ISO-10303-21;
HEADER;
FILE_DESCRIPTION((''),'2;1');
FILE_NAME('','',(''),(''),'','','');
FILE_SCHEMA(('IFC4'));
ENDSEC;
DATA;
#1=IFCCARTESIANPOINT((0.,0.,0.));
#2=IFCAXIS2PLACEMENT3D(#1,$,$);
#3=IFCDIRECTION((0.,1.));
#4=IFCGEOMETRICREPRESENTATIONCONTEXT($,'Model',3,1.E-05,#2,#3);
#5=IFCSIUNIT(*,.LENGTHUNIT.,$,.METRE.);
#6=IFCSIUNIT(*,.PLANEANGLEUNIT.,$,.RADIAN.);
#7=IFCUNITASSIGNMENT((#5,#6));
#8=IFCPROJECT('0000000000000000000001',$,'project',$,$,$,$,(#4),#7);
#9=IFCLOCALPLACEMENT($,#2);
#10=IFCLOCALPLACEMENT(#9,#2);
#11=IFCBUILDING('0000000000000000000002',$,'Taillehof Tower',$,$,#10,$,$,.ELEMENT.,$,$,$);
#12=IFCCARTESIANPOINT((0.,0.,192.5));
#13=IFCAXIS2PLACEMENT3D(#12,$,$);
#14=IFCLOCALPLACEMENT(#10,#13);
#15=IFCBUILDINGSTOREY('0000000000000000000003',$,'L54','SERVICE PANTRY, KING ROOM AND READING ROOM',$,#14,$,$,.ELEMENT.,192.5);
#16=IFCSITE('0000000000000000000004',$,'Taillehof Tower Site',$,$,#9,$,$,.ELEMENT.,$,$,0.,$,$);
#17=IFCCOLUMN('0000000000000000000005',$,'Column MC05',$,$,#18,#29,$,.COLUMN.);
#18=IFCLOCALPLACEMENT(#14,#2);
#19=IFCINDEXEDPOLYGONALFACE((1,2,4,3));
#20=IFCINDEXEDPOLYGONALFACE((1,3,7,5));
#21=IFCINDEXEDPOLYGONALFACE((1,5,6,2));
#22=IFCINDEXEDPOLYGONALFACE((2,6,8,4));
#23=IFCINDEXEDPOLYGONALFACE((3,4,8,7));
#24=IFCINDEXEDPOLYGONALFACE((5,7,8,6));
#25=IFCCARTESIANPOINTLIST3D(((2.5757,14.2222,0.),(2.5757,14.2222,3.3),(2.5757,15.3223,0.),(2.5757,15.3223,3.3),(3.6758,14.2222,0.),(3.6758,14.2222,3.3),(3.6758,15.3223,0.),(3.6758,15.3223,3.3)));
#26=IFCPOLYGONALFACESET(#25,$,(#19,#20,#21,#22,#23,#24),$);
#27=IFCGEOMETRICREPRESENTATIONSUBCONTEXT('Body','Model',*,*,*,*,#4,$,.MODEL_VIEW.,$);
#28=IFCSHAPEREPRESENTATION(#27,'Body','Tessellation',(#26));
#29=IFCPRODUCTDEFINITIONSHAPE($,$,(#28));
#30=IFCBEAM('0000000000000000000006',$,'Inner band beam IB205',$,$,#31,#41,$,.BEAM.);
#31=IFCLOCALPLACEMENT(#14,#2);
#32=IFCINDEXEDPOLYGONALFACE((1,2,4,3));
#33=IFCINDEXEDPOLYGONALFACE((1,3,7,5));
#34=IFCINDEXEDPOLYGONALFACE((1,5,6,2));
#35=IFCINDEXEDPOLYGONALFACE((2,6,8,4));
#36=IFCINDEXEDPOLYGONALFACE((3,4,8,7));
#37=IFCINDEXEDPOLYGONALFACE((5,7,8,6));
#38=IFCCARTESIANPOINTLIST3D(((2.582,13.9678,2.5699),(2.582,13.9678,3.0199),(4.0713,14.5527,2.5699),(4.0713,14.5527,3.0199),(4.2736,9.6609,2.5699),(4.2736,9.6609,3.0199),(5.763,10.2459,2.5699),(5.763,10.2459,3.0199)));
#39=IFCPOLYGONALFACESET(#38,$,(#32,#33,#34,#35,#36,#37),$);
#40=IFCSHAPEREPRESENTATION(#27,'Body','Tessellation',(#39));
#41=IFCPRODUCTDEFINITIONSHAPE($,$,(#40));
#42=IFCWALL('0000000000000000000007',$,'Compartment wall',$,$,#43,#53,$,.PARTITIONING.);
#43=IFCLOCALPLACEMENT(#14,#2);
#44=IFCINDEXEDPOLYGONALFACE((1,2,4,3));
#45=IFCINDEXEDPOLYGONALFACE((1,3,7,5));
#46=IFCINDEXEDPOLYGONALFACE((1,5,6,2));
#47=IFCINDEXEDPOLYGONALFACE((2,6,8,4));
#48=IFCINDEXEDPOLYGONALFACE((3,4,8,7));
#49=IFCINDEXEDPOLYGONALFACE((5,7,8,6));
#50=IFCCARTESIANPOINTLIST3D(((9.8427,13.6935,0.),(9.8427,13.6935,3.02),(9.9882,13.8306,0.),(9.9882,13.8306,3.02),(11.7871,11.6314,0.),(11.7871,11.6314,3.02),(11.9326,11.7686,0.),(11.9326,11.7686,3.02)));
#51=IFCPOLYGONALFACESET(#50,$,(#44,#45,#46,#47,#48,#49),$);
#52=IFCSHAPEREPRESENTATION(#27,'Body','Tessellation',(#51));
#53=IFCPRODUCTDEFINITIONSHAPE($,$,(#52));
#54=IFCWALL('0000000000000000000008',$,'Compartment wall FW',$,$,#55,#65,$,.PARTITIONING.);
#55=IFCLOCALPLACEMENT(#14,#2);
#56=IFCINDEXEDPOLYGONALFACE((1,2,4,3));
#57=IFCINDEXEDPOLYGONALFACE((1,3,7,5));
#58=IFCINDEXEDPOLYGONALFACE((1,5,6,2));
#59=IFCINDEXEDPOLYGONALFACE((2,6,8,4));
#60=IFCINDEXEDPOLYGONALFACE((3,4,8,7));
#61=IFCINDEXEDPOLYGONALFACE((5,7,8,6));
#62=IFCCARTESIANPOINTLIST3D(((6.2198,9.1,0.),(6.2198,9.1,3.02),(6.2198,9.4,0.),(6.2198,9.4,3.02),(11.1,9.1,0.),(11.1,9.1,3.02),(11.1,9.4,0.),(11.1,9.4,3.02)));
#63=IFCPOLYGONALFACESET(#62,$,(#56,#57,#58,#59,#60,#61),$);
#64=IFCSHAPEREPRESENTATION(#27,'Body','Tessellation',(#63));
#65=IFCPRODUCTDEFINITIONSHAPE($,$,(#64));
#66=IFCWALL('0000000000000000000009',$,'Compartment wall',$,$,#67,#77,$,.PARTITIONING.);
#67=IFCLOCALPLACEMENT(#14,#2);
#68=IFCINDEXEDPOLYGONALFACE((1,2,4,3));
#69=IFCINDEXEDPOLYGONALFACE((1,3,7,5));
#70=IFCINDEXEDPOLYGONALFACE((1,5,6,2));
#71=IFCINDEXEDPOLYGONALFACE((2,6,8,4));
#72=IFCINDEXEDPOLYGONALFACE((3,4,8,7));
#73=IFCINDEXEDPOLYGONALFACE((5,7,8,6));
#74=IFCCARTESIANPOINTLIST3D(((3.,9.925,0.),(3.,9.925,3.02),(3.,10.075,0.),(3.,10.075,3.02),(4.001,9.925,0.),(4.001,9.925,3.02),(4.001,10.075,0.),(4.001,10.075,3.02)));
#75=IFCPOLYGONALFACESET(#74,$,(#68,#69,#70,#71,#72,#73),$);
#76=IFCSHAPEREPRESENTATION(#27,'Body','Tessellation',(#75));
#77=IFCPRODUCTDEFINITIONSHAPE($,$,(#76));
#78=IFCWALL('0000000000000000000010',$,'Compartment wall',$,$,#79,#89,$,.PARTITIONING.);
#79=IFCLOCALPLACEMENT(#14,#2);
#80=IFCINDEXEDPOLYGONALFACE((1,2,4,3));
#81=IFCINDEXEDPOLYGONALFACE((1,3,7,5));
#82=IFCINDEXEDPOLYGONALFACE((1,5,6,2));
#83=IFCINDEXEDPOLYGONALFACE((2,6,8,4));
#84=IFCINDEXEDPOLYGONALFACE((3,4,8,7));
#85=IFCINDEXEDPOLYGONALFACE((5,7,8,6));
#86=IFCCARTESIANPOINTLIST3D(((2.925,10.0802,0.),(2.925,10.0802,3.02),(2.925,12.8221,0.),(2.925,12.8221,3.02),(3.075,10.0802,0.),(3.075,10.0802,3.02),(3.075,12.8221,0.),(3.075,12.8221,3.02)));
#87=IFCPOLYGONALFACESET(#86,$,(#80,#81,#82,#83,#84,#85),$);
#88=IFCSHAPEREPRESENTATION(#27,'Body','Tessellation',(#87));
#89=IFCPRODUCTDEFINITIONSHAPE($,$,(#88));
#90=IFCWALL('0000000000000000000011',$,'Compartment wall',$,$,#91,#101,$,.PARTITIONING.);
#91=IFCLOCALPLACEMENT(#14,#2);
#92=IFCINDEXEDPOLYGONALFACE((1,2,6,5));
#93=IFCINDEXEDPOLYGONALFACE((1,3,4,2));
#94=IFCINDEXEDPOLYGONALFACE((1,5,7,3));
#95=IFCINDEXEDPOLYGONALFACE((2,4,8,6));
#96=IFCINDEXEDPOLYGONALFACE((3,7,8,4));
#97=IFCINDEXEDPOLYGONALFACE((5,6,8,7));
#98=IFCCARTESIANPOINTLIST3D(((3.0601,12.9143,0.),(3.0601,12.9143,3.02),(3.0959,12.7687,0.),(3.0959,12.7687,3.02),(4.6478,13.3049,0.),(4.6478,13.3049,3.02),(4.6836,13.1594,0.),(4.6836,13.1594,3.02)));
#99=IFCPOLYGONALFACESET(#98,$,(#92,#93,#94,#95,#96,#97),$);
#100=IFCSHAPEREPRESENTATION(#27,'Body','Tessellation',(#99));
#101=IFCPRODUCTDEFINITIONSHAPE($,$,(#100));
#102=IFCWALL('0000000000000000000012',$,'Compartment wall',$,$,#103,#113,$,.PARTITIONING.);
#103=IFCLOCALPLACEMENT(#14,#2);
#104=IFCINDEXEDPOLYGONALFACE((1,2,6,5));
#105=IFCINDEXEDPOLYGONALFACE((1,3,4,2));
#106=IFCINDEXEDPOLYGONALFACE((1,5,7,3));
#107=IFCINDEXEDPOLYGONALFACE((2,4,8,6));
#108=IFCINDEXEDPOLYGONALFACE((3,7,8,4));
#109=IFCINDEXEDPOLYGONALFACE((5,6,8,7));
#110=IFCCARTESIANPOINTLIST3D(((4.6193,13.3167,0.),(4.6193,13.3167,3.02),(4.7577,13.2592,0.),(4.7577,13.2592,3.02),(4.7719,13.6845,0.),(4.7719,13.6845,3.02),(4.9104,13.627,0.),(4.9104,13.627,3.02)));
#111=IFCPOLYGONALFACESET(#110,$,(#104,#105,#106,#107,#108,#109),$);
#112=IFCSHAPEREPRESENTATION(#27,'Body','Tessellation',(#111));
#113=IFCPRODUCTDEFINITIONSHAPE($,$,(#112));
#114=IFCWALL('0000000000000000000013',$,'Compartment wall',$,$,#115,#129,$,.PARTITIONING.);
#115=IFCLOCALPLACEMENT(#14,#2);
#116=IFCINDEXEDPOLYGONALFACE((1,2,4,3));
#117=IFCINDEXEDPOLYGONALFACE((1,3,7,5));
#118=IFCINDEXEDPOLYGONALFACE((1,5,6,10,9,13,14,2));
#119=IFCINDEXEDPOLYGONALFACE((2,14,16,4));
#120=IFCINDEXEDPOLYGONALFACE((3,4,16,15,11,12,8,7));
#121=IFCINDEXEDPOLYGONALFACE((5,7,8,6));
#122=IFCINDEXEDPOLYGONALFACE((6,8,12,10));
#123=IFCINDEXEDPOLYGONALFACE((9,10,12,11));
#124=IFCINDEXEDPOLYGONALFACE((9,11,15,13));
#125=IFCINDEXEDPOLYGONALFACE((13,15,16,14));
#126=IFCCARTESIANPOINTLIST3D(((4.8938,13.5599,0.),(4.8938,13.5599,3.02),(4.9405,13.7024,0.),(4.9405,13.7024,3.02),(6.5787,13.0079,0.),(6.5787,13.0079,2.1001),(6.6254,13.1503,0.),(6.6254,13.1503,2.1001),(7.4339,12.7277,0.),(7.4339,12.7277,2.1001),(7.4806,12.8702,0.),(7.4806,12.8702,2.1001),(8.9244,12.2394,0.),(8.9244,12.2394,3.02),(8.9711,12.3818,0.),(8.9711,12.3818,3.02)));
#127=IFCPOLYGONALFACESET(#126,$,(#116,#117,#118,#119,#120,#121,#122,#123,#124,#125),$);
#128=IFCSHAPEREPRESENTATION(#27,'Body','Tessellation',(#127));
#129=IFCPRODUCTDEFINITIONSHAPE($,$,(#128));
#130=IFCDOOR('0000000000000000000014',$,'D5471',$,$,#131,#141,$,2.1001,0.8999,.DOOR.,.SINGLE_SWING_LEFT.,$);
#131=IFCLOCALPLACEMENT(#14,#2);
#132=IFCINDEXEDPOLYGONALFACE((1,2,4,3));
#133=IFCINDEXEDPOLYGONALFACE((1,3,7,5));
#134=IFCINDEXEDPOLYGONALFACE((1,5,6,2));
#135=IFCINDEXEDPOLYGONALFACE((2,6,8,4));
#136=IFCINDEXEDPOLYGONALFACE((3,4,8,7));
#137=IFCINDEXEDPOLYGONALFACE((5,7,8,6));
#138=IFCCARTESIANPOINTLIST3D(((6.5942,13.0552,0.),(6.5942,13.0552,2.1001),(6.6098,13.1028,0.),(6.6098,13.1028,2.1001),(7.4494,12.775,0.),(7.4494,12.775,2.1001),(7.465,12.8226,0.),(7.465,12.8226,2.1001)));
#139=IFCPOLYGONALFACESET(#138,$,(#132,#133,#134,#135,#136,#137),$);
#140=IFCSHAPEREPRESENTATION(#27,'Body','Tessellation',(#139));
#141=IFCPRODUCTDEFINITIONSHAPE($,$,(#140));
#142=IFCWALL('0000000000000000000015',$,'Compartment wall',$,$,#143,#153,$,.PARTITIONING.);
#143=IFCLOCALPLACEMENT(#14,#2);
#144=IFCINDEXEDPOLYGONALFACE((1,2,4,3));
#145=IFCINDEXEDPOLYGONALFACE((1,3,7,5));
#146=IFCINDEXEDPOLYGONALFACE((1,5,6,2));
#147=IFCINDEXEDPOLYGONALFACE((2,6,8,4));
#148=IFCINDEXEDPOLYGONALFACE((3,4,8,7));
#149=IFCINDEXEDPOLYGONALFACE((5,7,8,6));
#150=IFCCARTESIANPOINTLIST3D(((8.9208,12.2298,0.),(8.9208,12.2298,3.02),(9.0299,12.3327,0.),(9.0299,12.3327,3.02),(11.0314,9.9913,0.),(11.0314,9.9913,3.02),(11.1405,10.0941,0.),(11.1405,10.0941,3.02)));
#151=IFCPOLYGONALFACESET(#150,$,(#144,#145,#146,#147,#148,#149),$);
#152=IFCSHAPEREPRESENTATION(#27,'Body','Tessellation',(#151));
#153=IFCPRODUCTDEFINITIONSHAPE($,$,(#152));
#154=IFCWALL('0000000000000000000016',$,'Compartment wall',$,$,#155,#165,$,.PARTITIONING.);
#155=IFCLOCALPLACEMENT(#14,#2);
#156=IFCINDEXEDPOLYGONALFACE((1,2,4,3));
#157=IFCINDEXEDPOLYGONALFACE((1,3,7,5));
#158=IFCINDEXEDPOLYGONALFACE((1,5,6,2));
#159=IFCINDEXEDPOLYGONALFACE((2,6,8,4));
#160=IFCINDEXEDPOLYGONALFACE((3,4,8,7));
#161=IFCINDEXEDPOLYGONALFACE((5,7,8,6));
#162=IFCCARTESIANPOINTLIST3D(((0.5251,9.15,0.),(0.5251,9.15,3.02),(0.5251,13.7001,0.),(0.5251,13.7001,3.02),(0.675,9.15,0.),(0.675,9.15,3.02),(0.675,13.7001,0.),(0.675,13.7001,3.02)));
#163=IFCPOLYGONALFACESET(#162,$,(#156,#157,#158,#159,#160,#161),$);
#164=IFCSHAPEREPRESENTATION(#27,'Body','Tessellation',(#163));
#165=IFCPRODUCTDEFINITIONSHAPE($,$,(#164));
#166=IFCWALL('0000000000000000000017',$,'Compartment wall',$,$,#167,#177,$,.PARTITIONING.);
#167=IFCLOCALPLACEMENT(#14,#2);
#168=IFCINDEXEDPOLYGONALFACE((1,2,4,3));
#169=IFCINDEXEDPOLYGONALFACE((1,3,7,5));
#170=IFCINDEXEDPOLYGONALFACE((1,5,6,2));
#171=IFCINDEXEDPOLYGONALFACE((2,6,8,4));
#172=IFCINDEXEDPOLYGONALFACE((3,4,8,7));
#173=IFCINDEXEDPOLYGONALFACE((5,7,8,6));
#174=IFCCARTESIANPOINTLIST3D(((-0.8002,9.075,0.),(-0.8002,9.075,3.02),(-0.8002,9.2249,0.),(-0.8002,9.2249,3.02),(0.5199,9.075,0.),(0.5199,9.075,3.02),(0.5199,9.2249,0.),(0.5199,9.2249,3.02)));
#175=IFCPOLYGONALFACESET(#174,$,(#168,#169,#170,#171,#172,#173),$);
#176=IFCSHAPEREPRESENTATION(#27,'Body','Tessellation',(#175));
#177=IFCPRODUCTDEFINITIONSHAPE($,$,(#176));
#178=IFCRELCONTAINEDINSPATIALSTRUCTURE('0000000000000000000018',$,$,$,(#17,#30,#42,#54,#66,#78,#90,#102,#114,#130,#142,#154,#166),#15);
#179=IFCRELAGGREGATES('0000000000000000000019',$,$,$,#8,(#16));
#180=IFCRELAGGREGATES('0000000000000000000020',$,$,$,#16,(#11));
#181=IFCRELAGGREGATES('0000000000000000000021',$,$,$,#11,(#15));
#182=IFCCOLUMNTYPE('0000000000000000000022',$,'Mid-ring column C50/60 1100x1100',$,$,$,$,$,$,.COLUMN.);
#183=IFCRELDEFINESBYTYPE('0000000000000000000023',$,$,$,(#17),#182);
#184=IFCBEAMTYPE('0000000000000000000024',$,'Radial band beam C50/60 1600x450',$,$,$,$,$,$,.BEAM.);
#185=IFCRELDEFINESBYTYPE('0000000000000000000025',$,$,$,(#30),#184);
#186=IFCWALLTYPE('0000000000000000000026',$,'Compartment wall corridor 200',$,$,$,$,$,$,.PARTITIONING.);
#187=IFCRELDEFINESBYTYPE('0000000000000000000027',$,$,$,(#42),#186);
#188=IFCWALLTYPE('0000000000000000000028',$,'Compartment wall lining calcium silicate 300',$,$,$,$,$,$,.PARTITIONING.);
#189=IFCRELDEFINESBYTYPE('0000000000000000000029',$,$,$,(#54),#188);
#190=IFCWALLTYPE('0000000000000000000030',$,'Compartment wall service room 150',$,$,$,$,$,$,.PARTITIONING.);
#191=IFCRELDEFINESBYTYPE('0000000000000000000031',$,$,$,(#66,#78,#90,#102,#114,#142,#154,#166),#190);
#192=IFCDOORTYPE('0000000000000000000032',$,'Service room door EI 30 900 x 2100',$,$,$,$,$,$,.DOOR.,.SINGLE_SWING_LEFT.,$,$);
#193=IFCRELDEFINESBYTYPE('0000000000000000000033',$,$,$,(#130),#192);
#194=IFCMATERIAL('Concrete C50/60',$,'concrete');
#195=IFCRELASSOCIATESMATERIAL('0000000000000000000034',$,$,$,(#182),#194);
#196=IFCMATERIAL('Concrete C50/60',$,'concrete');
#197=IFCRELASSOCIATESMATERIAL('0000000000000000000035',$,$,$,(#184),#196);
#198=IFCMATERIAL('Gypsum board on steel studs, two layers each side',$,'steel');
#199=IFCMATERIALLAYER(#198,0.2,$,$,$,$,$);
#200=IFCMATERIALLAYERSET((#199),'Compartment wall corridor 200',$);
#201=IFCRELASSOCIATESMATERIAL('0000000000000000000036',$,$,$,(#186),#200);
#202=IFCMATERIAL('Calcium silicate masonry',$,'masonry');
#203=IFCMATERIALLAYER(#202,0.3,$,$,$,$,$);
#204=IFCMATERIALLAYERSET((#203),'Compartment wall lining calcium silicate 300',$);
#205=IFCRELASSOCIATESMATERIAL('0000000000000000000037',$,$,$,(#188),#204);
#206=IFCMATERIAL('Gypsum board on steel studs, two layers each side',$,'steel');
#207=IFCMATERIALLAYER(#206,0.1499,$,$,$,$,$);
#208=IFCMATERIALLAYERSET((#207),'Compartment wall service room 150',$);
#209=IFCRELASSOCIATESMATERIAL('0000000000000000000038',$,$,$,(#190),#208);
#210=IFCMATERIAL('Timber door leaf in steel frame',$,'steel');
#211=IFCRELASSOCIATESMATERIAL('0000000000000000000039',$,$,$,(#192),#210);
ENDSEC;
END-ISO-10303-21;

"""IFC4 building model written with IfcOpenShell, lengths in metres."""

from ifc_helpers import new_model, si_unit, direction, frame, frame_2d, origin, origin_2d, place, context, subcontext, project, spatial, rectangle, extrude, material, layer, layer_set, material_profile, profile_set, type_object, element, fill, save


model = new_model("IFC4")

# Units and contexts
model_context = context("Model", 3, precision=1e-05, world=origin(), true_north=direction((0.0, 1.0)))
body_context = subcontext(model_context, "Body", "Model", "MODEL_VIEW")
ifc_project = project(units=[si_unit("LENGTHUNIT", "METRE"), si_unit("PLANEANGLEUNIT", "RADIAN")], contexts=[model_context])

# Site, building, storey
site_placement = place(None, origin())
site = spatial("IfcSite", under=ifc_project, at=site_placement, Name="Taillehof Tower Site", CompositionType="ELEMENT", RefElevation=0.0)
building_placement = place(site_placement, origin())
building = spatial("IfcBuilding", under=site, at=building_placement, Name="Taillehof Tower", CompositionType="ELEMENT")
storey_placement = place(building_placement, frame((0.0, 0.0, 192.5)))
storey = spatial("IfcBuildingStorey", under=building, at=storey_placement, Name="L54", Description="SERVICE PANTRY, KING ROOM AND READING ROOM", CompositionType="ELEMENT", Elevation=192.5)

# Column
ifc_material_1 = material(Name="Concrete C50/60", Category="concrete")
ifc_material_profile_1 = material_profile(ifc_material_1, rectangle(XDim=1.1001, YDim=1.1001, at=origin_2d()), Name="RC 1100x1100")
ifc_profile_set_1 = profile_set([ifc_material_profile_1], Name="Concrete C50/60")
column_type = type_object("IfcColumnType", Name="Mid-ring column C50/60 1100x1100", PredefinedType="COLUMN", material=ifc_profile_set_1)
column_placement = place(storey_placement, frame((3.1257, 14.7722, 0.0), z_axis=(0.0, 0.0, 1.0), x_axis=(1.0, 0.0, 0.0)))
element("IfcColumn", 1, at=column_placement, inside=storey, type_object=column_type, Name="Column MC05", PredefinedType="COLUMN", context=body_context, shape_type="SweptSolid", body=[
    extrude(rectangle(XDim=1.1001, YDim=1.1001, at=origin_2d()), origin(), (0.0, 0.0, 1.0), 3.3),
])

# Beam
ifc_material_2 = material(Name="Concrete C50/60", Category="concrete")
ifc_material_profile_2 = material_profile(ifc_material_2, rectangle(XDim=1.6001, YDim=0.45, at=origin_2d()), Name="RC 1600x450")
ifc_profile_set_2 = profile_set([ifc_material_profile_2], Name="Concrete C50/60")
beam_type = type_object("IfcBeamType", Name="Radial band beam C50/60 1600x450", PredefinedType="BEAM", material=ifc_profile_set_2)
beam_placement = place(storey_placement, frame((3.3267, 14.2603, 2.7949), z_axis=(0.365589, -0.930777, 0.0), x_axis=(0.930777, 0.365589, 0.0)))
element("IfcBeam", 2, at=beam_placement, inside=storey, type_object=beam_type, Name="Inner band beam IB205", PredefinedType="BEAM", context=body_context, shape_type="SweptSolid", body=[
    extrude(rectangle(XDim=1.6001, YDim=0.45, at=origin_2d()), origin(), (0.0, 0.0, 1.0), 4.6272),
])

# Walls
ifc_material_3 = material(Name="Gypsum board on steel studs, two layers each side", Category="steel")
ifc_layer_1 = layer(ifc_material_3, 0.2)
ifc_layer_set_1 = layer_set([ifc_layer_1], Name="Compartment wall corridor 200")
wall_type_1 = type_object("IfcWallType", Name="Compartment wall corridor 200", PredefinedType="PARTITIONING", material=ifc_layer_set_1)
wall_1_placement = place(storey_placement, frame((9.9155, 13.762, 0.0), z_axis=(0.0, 0.0, 1.0), x_axis=(0.686042, -0.727562, 0.0)))
element("IfcWall", 3, at=wall_1_placement, inside=storey, type_object=wall_type_1, Name="Compartment wall", PredefinedType="PARTITIONING", context=body_context, shape_type="SweptSolid", body=[
    extrude(rectangle(XDim=2.8342, YDim=0.2, at=frame_2d((1.417, 0.0))), origin(), (0.0, 0.0, 1.0), 3.02),
])
ifc_material_4 = material(Name="Calcium silicate masonry", Category="masonry")
ifc_layer_2 = layer(ifc_material_4, 0.3)
ifc_layer_set_2 = layer_set([ifc_layer_2], Name="Compartment wall lining calcium silicate 300")
wall_type_2 = type_object("IfcWallType", Name="Compartment wall lining calcium silicate 300", PredefinedType="PARTITIONING", material=ifc_layer_set_2)
wall_2_placement = place(storey_placement, frame((6.22, 9.25, 0.0), z_axis=(0.0, 0.0, 1.0), x_axis=(1.0, 0.0, 0.0)))
element("IfcWall", 4, at=wall_2_placement, inside=storey, type_object=wall_type_2, Name="Compartment wall FW", PredefinedType="PARTITIONING", context=body_context, shape_type="SweptSolid", body=[
    extrude(rectangle(XDim=4.8801, YDim=0.3, at=frame_2d((2.4399, 0.0))), origin(), (0.0, 0.0, 1.0), 3.02),
])
ifc_material_5 = material(Name="Gypsum board on steel studs, two layers each side", Category="steel")
ifc_layer_3 = layer(ifc_material_5, 0.1499)
ifc_layer_set_3 = layer_set([ifc_layer_3], Name="Compartment wall service room 150")
wall_type_3 = type_object("IfcWallType", Name="Compartment wall service room 150", PredefinedType="PARTITIONING", material=ifc_layer_set_3)
wall_3_placement = place(storey_placement, frame((4.001, 10.0, 0.0), z_axis=(0.0, 0.0, 1.0), x_axis=(-1.0, 0.0, 0.0)))
element("IfcWall", 5, at=wall_3_placement, inside=storey, type_object=wall_type_3, Name="Compartment wall", PredefinedType="PARTITIONING", context=body_context, shape_type="SweptSolid", body=[
    extrude(rectangle(XDim=1.001, YDim=0.1499, at=frame_2d((0.5005, 0.0))), origin(), (0.0, 0.0, 1.0), 3.02),
])
wall_4_placement = place(storey_placement, frame((3.0, 10.0801, 0.0), z_axis=(0.0, 0.0, 1.0), x_axis=(0.0, 1.0, 0.0)))
element("IfcWall", 6, at=wall_4_placement, inside=storey, type_object=wall_type_3, Name="Compartment wall", PredefinedType="PARTITIONING", context=body_context, shape_type="SweptSolid", body=[
    extrude(rectangle(XDim=2.7419, YDim=0.1499, at=frame_2d((1.3711, 0.0))), origin(), (0.0, 0.0, 1.0), 3.02),
])
wall_5_placement = place(storey_placement, frame((3.0781, 12.8416, 0.0), z_axis=(0.0, 0.0, 1.0), x_axis=(0.97104, 0.238915, 0.0)))
element("IfcWall", 7, at=wall_5_placement, inside=storey, type_object=wall_type_3, Name="Compartment wall", PredefinedType="PARTITIONING", context=body_context, shape_type="SweptSolid", body=[
    extrude(rectangle(XDim=1.635, YDim=0.1499, at=frame_2d((0.8174, 0.0))), origin(), (0.0, 0.0, 1.0), 3.02),
])
wall_6_placement = place(storey_placement, frame((4.6885, 13.2878, 0.0), z_axis=(0.0, 0.0, 1.0), x_axis=(0.383309, 0.92362, 0.0)))
element("IfcWall", 8, at=wall_6_placement, inside=storey, type_object=wall_type_3, Name="Compartment wall", PredefinedType="PARTITIONING", context=body_context, shape_type="SweptSolid", body=[
    extrude(rectangle(XDim=0.3982, YDim=0.1499, at=frame_2d((0.1992, 0.0))), origin(), (0.0, 0.0, 1.0), 3.02),
])

# Wall, opening, door
wall_7_placement = place(storey_placement, frame((4.9172, 13.6311, 0.0), z_axis=(0.0, 0.0, 1.0), x_axis=(0.9503, -0.311337, 0.0)))
wall_7 = element("IfcWall", 9, at=wall_7_placement, inside=storey, type_object=wall_type_3, Name="Compartment wall", PredefinedType="PARTITIONING", context=body_context, shape_type="SweptSolid", body=[
    extrude(rectangle(XDim=4.2415, YDim=0.1499, at=frame_2d((2.1206, 0.0))), origin(), (0.0, 0.0, 1.0), 3.02),
])
opening_1_placement = place(wall_7_placement, frame((1.7729, 0.0, 0.0)))
opening_1 = element("IfcOpeningElement", 10, at=opening_1_placement, cuts=wall_7, PredefinedType="OPENING", context=body_context, shape_type="SweptSolid", body=[
    extrude(rectangle(XDim=0.8999, YDim=2.1001, at=frame_2d((0.45, 1.05))), frame((0.0, 0.085, 0.0), z_axis=(0.0, -1.0, 0.0), x_axis=(1.0, 0.0, 0.0)), (0.0, 0.0, 1.0), 0.1699),
])
ifc_material_6 = material(Name="Timber door leaf in steel frame", Category="steel")
door_type_1 = type_object("IfcDoorType", Name="Service room door EI 30 900 x 2100", OperationType="SINGLE_SWING_LEFT", PredefinedType="DOOR", material=ifc_material_6)
door_1_placement = place(opening_1_placement, origin())
door_1 = element("IfcDoor", 11, at=door_1_placement, inside=storey, type_object=door_type_1, Name="D5471", OperationType="SINGLE_SWING_LEFT", OverallHeight=2.1001, OverallWidth=0.8999, PredefinedType="DOOR", context=body_context, shape_type="SweptSolid", body=[
    extrude(rectangle(XDim=0.8999, YDim=2.1001, at=frame_2d((0.45, 1.05))), frame((0.0, 0.0249, 0.0), z_axis=(0.0, -1.0, 0.0), x_axis=(1.0, 0.0, 0.0)), (0.0, 0.0, 1.0), 0.05),
])
fill(opening_1, door_1)

# Walls
wall_8_placement = place(storey_placement, frame((8.9753, 12.2812, 0.0), z_axis=(0.0, 0.0, 1.0), x_axis=(0.68601, -0.727592, 0.0)))
element("IfcWall", 12, at=wall_8_placement, inside=storey, type_object=wall_type_3, Name="Compartment wall", PredefinedType="PARTITIONING", context=body_context, shape_type="SweptSolid", body=[
    extrude(rectangle(XDim=3.0767, YDim=0.1499, at=frame_2d((1.5383, 0.0))), origin(), (0.0, 0.0, 1.0), 3.02),
])
wall_9_placement = place(storey_placement, frame((0.6001, 13.7, 0.0), z_axis=(0.0, 0.0, 1.0), x_axis=(0.0, -1.0, 0.0)))
element("IfcWall", 13, at=wall_9_placement, inside=storey, type_object=wall_type_3, Name="Compartment wall", PredefinedType="PARTITIONING", context=body_context, shape_type="SweptSolid", body=[
    extrude(rectangle(XDim=4.55, YDim=0.1499, at=frame_2d((2.2749, 0.0))), origin(), (0.0, 0.0, 1.0), 3.02),
])
wall_10_placement = place(storey_placement, frame((0.52, 9.1499, 0.0), z_axis=(0.0, 0.0, 1.0), x_axis=(-1.0, 0.0, 0.0)))
element("IfcWall", 14, at=wall_10_placement, inside=storey, type_object=wall_type_3, Name="Compartment wall", PredefinedType="PARTITIONING", context=body_context, shape_type="SweptSolid", body=[
    extrude(rectangle(XDim=1.3201, YDim=0.1499, at=frame_2d((0.6602, 0.0))), origin(), (0.0, 0.0, 1.0), 3.02),
])

save(model, "model.ifc")
